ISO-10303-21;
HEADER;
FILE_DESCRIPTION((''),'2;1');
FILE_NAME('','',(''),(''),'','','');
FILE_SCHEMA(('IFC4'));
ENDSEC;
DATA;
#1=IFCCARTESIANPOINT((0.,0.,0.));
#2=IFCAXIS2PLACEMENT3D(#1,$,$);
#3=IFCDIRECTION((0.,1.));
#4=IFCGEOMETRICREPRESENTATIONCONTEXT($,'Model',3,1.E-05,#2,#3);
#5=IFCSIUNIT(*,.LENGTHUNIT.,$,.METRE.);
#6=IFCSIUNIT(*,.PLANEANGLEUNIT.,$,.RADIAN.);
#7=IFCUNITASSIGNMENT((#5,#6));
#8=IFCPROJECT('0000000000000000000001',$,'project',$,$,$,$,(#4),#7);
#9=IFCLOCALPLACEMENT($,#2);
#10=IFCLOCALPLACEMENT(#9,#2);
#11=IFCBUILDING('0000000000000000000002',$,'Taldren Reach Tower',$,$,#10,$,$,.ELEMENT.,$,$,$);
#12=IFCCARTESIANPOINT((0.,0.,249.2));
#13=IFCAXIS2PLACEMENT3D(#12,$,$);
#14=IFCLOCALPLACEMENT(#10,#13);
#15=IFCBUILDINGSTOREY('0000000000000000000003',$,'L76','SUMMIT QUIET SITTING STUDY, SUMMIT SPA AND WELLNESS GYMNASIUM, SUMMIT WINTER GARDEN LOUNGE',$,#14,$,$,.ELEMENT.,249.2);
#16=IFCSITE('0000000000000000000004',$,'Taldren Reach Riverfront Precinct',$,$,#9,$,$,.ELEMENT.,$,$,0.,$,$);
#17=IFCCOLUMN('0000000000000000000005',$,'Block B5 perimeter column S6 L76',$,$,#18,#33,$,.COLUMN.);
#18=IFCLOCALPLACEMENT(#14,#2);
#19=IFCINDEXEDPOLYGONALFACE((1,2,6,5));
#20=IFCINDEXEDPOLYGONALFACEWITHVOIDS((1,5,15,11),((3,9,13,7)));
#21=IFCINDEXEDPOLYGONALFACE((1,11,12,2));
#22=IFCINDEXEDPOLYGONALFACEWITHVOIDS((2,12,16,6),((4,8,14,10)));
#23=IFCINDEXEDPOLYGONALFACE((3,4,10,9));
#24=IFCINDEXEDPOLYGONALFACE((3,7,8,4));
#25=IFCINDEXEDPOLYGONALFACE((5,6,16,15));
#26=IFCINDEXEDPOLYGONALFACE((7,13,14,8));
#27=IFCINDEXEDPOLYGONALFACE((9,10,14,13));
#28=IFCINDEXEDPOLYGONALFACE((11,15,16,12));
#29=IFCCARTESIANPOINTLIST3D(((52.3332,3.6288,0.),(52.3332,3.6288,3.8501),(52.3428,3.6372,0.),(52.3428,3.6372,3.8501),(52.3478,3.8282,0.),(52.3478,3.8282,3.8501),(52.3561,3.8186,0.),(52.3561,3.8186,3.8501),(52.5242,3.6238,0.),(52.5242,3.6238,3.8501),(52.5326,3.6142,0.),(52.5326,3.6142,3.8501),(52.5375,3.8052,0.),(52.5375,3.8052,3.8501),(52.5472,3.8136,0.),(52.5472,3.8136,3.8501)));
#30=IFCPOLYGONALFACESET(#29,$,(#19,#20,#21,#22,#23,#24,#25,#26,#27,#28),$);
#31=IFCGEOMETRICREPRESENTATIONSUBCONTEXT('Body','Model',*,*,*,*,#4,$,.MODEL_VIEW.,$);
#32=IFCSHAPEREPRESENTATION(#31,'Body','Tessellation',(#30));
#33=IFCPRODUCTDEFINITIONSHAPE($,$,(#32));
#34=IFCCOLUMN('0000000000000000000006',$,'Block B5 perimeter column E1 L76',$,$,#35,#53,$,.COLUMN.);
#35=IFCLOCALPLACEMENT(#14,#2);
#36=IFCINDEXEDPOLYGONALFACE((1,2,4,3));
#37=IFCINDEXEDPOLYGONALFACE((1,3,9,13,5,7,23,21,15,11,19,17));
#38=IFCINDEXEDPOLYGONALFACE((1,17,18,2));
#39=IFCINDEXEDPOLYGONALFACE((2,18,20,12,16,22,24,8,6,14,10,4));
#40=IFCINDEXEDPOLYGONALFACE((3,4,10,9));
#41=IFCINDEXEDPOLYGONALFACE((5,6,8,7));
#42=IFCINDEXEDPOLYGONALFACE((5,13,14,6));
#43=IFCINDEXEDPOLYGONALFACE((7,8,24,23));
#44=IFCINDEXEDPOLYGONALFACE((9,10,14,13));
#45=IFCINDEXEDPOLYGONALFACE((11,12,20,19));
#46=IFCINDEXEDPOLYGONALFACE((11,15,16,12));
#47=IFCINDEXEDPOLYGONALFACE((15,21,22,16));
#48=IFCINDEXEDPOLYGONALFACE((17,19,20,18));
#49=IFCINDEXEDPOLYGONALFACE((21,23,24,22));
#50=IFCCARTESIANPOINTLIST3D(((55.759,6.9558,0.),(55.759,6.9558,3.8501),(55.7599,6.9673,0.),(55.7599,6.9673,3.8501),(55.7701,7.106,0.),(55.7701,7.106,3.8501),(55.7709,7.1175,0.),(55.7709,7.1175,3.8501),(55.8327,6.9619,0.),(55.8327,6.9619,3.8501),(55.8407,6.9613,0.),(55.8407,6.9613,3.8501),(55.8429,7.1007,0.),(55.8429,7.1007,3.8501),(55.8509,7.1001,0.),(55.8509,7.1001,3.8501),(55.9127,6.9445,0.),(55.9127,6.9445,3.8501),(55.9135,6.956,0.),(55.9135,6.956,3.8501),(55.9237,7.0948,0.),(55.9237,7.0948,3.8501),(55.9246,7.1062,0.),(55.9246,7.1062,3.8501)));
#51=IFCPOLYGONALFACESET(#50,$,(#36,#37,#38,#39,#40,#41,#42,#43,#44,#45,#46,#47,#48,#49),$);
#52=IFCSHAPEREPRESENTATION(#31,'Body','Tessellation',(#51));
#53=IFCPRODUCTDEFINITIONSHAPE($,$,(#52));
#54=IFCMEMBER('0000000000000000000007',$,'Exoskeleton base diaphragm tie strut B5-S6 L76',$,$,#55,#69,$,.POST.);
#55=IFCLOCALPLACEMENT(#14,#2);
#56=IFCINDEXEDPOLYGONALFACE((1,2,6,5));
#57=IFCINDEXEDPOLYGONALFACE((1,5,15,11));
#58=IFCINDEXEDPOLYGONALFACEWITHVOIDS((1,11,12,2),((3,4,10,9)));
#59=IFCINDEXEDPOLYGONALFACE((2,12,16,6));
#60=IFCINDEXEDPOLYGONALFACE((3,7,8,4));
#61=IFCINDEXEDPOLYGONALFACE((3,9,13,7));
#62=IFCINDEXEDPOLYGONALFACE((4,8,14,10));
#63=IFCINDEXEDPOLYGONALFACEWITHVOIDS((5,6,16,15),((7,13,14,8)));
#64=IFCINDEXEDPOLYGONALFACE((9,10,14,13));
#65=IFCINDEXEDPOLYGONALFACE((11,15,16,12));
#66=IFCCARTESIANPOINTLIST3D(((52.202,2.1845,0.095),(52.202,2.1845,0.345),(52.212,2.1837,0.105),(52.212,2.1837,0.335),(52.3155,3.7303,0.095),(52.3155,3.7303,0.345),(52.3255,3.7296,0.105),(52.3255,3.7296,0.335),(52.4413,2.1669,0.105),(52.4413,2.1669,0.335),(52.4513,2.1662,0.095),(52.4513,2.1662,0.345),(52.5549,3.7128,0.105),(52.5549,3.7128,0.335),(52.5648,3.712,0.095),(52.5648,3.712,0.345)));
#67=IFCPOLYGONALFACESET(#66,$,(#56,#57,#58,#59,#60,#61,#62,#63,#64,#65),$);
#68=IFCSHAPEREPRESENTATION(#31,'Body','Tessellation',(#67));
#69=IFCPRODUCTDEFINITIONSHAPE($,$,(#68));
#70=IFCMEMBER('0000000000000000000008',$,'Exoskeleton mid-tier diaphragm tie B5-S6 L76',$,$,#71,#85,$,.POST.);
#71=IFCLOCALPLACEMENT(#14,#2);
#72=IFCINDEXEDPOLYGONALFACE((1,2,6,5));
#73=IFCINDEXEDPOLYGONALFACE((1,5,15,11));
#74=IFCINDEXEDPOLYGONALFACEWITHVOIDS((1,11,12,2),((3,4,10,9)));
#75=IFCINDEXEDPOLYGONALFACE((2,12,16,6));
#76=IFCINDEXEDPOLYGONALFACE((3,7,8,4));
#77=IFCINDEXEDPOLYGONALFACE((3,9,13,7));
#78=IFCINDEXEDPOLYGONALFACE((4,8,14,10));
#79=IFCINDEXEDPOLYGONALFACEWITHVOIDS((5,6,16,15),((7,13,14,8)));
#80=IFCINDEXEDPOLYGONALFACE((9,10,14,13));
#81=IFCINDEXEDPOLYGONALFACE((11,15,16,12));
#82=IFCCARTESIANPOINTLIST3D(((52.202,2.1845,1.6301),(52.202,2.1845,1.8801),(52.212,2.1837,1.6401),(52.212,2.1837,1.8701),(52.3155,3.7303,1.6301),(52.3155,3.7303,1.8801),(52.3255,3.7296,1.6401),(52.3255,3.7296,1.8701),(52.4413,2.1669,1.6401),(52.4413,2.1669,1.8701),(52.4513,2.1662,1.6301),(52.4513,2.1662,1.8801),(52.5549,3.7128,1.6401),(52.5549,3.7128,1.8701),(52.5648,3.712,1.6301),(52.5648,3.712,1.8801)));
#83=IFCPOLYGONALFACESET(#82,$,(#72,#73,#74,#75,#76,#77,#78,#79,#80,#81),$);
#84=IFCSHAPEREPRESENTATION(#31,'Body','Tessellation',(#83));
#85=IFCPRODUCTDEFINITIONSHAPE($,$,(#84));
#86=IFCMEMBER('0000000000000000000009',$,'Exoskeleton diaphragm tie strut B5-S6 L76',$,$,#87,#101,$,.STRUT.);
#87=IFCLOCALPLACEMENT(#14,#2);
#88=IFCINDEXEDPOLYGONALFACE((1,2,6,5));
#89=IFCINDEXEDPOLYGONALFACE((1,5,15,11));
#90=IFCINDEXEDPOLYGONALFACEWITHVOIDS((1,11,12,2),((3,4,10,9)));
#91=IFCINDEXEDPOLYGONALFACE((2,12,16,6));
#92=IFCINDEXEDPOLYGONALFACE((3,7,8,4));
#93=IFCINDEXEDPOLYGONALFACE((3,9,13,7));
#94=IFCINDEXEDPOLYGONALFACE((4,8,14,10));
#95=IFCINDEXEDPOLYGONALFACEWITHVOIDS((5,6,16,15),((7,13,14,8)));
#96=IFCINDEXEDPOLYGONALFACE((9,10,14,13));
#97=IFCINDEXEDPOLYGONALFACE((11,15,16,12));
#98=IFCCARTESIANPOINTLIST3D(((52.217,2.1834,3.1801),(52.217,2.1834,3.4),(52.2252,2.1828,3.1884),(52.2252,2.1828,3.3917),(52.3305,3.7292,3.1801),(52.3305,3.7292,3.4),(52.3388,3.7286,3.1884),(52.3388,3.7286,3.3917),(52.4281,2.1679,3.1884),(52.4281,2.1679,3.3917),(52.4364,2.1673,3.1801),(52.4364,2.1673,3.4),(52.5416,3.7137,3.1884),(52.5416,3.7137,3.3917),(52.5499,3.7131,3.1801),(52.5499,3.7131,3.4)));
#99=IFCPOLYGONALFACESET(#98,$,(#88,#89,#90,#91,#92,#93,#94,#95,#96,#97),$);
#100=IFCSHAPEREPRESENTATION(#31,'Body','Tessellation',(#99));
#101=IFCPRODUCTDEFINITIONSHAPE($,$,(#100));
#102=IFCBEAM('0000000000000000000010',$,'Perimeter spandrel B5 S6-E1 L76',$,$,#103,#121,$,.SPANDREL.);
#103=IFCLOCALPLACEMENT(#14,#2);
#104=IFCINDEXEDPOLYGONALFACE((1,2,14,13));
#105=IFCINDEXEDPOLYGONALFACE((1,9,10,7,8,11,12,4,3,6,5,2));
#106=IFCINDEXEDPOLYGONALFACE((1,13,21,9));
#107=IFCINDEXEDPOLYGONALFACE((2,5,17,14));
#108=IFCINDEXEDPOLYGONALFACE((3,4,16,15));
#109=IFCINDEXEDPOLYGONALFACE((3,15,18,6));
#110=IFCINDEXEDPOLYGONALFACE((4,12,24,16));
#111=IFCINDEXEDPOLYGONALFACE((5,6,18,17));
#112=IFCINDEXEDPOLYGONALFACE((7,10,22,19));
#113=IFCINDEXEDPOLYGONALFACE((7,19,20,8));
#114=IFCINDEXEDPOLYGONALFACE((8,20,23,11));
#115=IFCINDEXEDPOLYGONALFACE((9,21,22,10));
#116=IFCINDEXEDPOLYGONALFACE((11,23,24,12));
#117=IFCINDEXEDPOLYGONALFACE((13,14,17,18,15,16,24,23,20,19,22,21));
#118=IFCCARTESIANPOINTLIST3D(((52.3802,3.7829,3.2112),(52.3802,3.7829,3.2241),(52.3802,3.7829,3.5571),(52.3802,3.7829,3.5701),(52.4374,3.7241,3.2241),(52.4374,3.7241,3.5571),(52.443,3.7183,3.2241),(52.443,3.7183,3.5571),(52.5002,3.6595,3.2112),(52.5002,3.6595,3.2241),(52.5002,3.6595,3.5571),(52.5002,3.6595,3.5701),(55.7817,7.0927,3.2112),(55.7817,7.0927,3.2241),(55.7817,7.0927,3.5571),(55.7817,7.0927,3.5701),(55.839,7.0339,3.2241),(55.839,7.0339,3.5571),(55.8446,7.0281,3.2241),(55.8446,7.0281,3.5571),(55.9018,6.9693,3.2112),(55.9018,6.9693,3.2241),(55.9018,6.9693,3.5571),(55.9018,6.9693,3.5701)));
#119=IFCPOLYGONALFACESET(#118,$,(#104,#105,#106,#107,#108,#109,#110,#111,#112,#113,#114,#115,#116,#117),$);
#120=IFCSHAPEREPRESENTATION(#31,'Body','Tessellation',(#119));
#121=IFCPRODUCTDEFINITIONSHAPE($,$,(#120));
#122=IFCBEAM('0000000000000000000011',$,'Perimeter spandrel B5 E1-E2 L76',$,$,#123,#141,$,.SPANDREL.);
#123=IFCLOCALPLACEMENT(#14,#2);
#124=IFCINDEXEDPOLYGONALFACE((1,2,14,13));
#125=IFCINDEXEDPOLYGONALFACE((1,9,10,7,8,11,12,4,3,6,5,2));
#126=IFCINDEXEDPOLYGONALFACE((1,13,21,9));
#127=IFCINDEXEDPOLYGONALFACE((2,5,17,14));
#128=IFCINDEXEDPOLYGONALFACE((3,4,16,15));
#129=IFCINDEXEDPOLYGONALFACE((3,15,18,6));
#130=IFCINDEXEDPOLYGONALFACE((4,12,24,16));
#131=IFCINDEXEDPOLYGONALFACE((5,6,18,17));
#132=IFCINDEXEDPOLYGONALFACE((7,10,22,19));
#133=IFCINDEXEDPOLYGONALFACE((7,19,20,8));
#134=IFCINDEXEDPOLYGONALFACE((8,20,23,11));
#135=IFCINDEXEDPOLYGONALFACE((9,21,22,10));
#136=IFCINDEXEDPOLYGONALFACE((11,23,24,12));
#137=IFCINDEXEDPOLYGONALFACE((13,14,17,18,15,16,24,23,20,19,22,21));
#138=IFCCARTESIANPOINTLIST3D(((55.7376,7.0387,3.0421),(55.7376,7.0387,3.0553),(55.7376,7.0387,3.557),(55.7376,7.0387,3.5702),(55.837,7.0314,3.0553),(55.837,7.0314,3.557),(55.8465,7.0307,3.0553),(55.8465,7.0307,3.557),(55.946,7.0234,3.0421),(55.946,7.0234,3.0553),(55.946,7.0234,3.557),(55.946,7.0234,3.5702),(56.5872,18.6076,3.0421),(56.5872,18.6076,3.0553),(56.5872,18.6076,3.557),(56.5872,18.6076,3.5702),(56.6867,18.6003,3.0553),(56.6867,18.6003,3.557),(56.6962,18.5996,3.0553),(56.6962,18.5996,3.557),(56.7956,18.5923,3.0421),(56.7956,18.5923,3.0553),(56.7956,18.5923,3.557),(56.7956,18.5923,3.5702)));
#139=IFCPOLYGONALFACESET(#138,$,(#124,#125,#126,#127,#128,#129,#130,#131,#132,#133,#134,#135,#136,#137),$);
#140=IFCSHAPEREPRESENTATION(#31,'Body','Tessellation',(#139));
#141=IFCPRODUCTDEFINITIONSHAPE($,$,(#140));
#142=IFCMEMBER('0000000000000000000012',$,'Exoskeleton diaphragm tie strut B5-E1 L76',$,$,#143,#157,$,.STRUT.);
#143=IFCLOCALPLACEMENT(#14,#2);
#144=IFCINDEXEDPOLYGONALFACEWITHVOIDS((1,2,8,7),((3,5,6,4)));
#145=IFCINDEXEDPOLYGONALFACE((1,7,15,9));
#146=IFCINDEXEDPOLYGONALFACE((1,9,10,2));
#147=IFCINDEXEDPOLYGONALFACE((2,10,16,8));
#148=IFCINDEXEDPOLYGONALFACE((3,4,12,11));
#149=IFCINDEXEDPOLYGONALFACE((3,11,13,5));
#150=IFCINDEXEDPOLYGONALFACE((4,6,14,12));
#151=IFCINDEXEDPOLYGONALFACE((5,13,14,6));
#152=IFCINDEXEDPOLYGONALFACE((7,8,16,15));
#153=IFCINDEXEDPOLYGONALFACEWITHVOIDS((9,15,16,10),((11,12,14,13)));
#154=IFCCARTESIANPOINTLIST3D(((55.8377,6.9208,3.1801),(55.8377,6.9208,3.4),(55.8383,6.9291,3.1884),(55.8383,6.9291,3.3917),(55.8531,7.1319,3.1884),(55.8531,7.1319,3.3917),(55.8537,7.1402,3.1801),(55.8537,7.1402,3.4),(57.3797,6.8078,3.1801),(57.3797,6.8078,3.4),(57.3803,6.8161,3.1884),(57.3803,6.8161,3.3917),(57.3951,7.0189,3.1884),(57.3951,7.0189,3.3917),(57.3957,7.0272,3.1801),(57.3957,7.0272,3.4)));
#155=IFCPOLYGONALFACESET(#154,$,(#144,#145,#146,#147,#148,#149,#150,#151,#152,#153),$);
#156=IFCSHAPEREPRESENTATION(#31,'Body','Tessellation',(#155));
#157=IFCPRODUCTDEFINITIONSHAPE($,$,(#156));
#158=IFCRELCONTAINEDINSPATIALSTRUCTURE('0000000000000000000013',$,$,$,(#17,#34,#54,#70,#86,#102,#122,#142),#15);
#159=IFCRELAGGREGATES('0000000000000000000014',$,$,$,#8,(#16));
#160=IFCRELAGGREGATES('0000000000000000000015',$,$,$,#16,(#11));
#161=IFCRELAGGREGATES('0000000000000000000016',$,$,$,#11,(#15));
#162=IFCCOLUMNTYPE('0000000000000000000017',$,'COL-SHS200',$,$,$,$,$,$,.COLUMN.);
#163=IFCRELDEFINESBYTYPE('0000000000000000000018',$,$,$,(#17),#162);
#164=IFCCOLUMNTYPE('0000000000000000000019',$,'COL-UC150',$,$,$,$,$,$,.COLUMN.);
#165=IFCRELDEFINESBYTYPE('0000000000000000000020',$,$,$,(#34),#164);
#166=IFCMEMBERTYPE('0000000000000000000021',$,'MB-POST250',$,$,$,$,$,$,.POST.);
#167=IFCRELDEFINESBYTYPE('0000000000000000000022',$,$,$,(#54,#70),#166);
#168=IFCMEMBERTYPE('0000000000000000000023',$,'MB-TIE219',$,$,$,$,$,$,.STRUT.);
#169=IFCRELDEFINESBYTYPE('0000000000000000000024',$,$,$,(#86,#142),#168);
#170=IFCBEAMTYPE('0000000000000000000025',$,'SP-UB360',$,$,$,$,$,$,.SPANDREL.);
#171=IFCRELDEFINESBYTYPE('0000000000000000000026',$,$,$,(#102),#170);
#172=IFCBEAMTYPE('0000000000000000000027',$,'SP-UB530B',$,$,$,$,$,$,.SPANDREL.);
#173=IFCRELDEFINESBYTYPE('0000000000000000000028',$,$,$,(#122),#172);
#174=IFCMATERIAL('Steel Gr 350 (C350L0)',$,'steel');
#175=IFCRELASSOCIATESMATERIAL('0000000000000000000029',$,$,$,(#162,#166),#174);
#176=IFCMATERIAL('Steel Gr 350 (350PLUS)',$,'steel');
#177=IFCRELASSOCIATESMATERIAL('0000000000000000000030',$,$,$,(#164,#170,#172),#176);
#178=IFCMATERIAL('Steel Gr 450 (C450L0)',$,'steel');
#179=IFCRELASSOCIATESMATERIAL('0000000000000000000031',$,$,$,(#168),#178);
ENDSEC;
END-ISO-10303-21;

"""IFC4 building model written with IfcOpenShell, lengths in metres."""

from ifc_helpers import new_model, si_unit, direction, frame, origin, origin_2d, place, context, subcontext, project, spatial, hollow_rectangle, i_section, extrude, source, transform, mapped, material, material_profile, profile_set, type_object, element, save


model = new_model("IFC4")

# Units and contexts
model_context = context("Model", 3, precision=1e-05, world=origin(), true_north=direction((0.0, 1.0)))
body_context = subcontext(model_context, "Body", "Model", "MODEL_VIEW")
ifc_project = project(units=[si_unit("LENGTHUNIT", "METRE"), si_unit("PLANEANGLEUNIT", "RADIAN")], contexts=[model_context])

# Site, building, storey
site_placement = place(None, origin())
site = spatial("IfcSite", under=ifc_project, at=site_placement, Name="Taldren Reach Riverfront Precinct", CompositionType="ELEMENT", RefElevation=0.0)
building_placement = place(site_placement, origin())
building = spatial("IfcBuilding", under=site, at=building_placement, Name="Taldren Reach Tower", CompositionType="ELEMENT")
storey_placement = place(building_placement, frame((0.0, 0.0, 249.2)))
storey = spatial("IfcBuildingStorey", under=building, at=storey_placement, Name="L76", Description="SUMMIT QUIET SITTING STUDY, SUMMIT SPA AND WELLNESS GYMNASIUM, SUMMIT WINTER GARDEN LOUNGE", CompositionType="ELEMENT", Elevation=249.2)

# Columns
ifc_material_1 = material(Name="Steel Gr 350 (C350L0)", Category="steel")
ifc_material_profile_1 = material_profile(ifc_material_1, hollow_rectangle(XDim=0.2, YDim=0.2, WallThickness=0.009, at=origin_2d()), Name="200x200x9.0SHS")
ifc_profile_set_1 = profile_set([ifc_material_profile_1], Name="Steel Gr 350 (C350L0)")
column_type_1 = type_object("IfcColumnType", Name="COL-SHS200", PredefinedType="COLUMN", material=ifc_profile_set_1)
shared_shape_1 = source(origin(), body_context, "Body", "SweptSolid", [
    extrude(hollow_rectangle(XDim=0.2, YDim=0.2, WallThickness=0.009, at=origin_2d()), origin(), (0.0, 0.0, 1.0), 3.8501),
])
column_1_placement = place(storey_placement, frame((52.4402, 3.7212, 0.0), z_axis=(0.0, 0.0, 1.0), x_axis=(0.997314, -0.073238, 0.0)))
element("IfcColumn", 1, at=column_1_placement, inside=storey, type_object=column_type_1, Name="Block B5 perimeter column S6 L76", PredefinedType="COLUMN", context=body_context, shape_type="MappedRepresentation", body=[
    mapped(shared_shape_1, transform((0.0, 0.0, 0.0), scale=1.0)),
])
ifc_material_2 = material(Name="Steel Gr 350 (350PLUS)", Category="steel")
ifc_material_profile_2 = material_profile(ifc_material_2, i_section(OverallWidth=0.1541, OverallDepth=0.1621, WebThickness=0.0081, FlangeThickness=0.0115, at=origin_2d()), Name="150UC37.2")
ifc_profile_set_2 = profile_set([ifc_material_profile_2], Name="Steel Gr 350 (350PLUS)")
column_type_2 = type_object("IfcColumnType", Name="COL-UC150", PredefinedType="COLUMN", material=ifc_profile_set_2)
shared_shape_2 = source(origin(), body_context, "Body", "SweptSolid", [
    extrude(i_section(OverallWidth=0.1541, OverallDepth=0.1621, WebThickness=0.0081, FlangeThickness=0.0115, at=origin_2d()), origin(), (0.0, 0.0, 1.0), 3.8501),
])
column_2_placement = place(storey_placement, frame((55.8418, 7.031, 0.0), z_axis=(0.0, 0.0, 1.0), x_axis=(0.997314, -0.073238, 0.0)))
element("IfcColumn", 2, at=column_2_placement, inside=storey, type_object=column_type_2, Name="Block B5 perimeter column E1 L76", PredefinedType="COLUMN", context=body_context, shape_type="MappedRepresentation", body=[
    mapped(shared_shape_2, transform((0.0, 0.0, 0.0), scale=1.0)),
])

# Members
ifc_material_profile_3 = material_profile(ifc_material_1, hollow_rectangle(XDim=0.25, YDim=0.25, WallThickness=0.01, at=origin_2d()), Name="250x250x10.0SHS")
ifc_profile_set_3 = profile_set([ifc_material_profile_3], Name="Steel Gr 350 (C350L0)")
member_type_1 = type_object("IfcMemberType", Name="MB-POST250", PredefinedType="POST", material=ifc_profile_set_3)
shared_shape_3 = source(origin(), body_context, "Body", "SweptSolid", [
    extrude(hollow_rectangle(XDim=0.25, YDim=0.25, WallThickness=0.01, at=origin_2d()), origin(), (0.0, 0.0, 1.0), 1.55),
])
for number, where, z_axis, x_axis, name in (
    (3, (52.4402, 3.7212, 0.22), (-0.073239, -0.997314, 0.0), (0.997314, -0.073239, 0.0), "Exoskeleton base diaphragm tie strut B5-S6 L76"),
    (4, (52.4402, 3.7212, 1.7551), (-0.073239, -0.997314, 0.0), (0.997314, -0.073239, 0.0), "Exoskeleton mid-tier diaphragm tie B5-S6 L76"),
):
    element("IfcMember", number, at=place(storey_placement, frame(where, z_axis=z_axis, x_axis=x_axis)), inside=storey, type_object=member_type_1, Name=name, PredefinedType="POST", context=body_context, shape_type="MappedRepresentation", body=[
        mapped(shared_shape_3, transform((0.0, 0.0, 0.0), scale=1.0)),
    ])
ifc_material_3 = material(Name="Steel Gr 450 (C450L0)", Category="steel")
ifc_material_profile_4 = material_profile(ifc_material_3, hollow_rectangle(XDim=0.22, YDim=0.22, WallThickness=0.0083, at=origin_2d()), Name="220x220x8.2SHS")
ifc_profile_set_4 = profile_set([ifc_material_profile_4], Name="Steel Gr 450 (C450L0)")
member_type_2 = type_object("IfcMemberType", Name="MB-TIE219", PredefinedType="STRUT", material=ifc_profile_set_4)
shared_shape_4 = source(origin(), body_context, "Body", "SweptSolid", [
    extrude(hollow_rectangle(XDim=0.22, YDim=0.22, WallThickness=0.0083, at=origin_2d()), origin(), (0.0, 0.0, 1.0), 1.55),
])
member_1_placement = place(storey_placement, frame((52.4402, 3.7212, 3.29), z_axis=(-0.073239, -0.997314, 0.0), x_axis=(0.997314, -0.073239, 0.0)))
element("IfcMember", 5, at=member_1_placement, inside=storey, type_object=member_type_2, Name="Exoskeleton diaphragm tie strut B5-S6 L76", PredefinedType="STRUT", context=body_context, shape_type="MappedRepresentation", body=[
    mapped(shared_shape_4, transform((0.0, 0.0, 0.0), scale=1.0)),
])

# Beams
ifc_material_profile_5 = material_profile(ifc_material_2, i_section(OverallWidth=0.1721, OverallDepth=0.3589, WebThickness=0.0081, FlangeThickness=0.0129, at=origin_2d()), Name="360UB56.7")
ifc_profile_set_5 = profile_set([ifc_material_profile_5], Name="Steel Gr 350 (350PLUS)")
beam_type_1 = type_object("IfcBeamType", Name="SP-UB360", PredefinedType="SPANDREL", material=ifc_profile_set_5)
shared_shape_5 = source(origin(), body_context, "Body", "SweptSolid", [
    extrude(i_section(OverallWidth=0.1721, OverallDepth=0.3589, WebThickness=0.0081, FlangeThickness=0.0129, at=origin_2d()), origin(), (0.0, 0.0, 1.0), 4.7461),
])
beam_1_placement = place(storey_placement, frame((52.4402, 3.7212, 3.3906), z_axis=(0.716711, 0.69737, 0.0), x_axis=(-0.69737, 0.716711, 0.0)))
element("IfcBeam", 6, at=beam_1_placement, inside=storey, type_object=beam_type_1, Name="Perimeter spandrel B5 S6-E1 L76", PredefinedType="SPANDREL", context=body_context, shape_type="MappedRepresentation", body=[
    mapped(shared_shape_5, transform((0.0, 0.0, 0.0), scale=1.0)),
])
ifc_material_profile_6 = material_profile(ifc_material_2, i_section(OverallWidth=0.209, OverallDepth=0.5281, WebThickness=0.0095, FlangeThickness=0.0132, at=origin_2d()), Name="530UB82.0")
ifc_profile_set_6 = profile_set([ifc_material_profile_6], Name="Steel Gr 350 (350PLUS)")
beam_type_2 = type_object("IfcBeamType", Name="SP-UB530B", PredefinedType="SPANDREL", material=ifc_profile_set_6)
shared_shape_6 = source(origin(), body_context, "Body", "SweptSolid", [
    extrude(i_section(OverallWidth=0.209, OverallDepth=0.5281, WebThickness=0.0095, FlangeThickness=0.0132, at=origin_2d()), origin(), (0.0, 0.0, 1.0), 11.6001),
])
beam_2_placement = place(storey_placement, frame((55.8418, 7.031, 3.3062), z_axis=(0.073242, 0.997314, 0.0), x_axis=(-0.997314, 0.073242, 0.0)))
element("IfcBeam", 7, at=beam_2_placement, inside=storey, type_object=beam_type_2, Name="Perimeter spandrel B5 E1-E2 L76", PredefinedType="SPANDREL", context=body_context, shape_type="MappedRepresentation", body=[
    mapped(shared_shape_6, transform((0.0, 0.0, 0.0), scale=1.0)),
])

# Member
shared_shape_7 = source(origin(), body_context, "Body", "SweptSolid", [
    extrude(hollow_rectangle(XDim=0.22, YDim=0.22, WallThickness=0.0083, at=origin_2d()), origin(), (0.0, 0.0, 1.0), 1.5461),
])
member_2_placement = place(storey_placement, frame((55.8457, 7.0305, 3.29), z_axis=(0.997324, -0.07311, 0.0), x_axis=(0.07311, 0.997324, 0.0)))
element("IfcMember", 8, at=member_2_placement, inside=storey, type_object=member_type_2, Name="Exoskeleton diaphragm tie strut B5-E1 L76", PredefinedType="STRUT", context=body_context, shape_type="MappedRepresentation", body=[
    mapped(shared_shape_7, transform((0.0, 0.0, 0.0), scale=1.0)),
])

save(model, "model.ifc")
